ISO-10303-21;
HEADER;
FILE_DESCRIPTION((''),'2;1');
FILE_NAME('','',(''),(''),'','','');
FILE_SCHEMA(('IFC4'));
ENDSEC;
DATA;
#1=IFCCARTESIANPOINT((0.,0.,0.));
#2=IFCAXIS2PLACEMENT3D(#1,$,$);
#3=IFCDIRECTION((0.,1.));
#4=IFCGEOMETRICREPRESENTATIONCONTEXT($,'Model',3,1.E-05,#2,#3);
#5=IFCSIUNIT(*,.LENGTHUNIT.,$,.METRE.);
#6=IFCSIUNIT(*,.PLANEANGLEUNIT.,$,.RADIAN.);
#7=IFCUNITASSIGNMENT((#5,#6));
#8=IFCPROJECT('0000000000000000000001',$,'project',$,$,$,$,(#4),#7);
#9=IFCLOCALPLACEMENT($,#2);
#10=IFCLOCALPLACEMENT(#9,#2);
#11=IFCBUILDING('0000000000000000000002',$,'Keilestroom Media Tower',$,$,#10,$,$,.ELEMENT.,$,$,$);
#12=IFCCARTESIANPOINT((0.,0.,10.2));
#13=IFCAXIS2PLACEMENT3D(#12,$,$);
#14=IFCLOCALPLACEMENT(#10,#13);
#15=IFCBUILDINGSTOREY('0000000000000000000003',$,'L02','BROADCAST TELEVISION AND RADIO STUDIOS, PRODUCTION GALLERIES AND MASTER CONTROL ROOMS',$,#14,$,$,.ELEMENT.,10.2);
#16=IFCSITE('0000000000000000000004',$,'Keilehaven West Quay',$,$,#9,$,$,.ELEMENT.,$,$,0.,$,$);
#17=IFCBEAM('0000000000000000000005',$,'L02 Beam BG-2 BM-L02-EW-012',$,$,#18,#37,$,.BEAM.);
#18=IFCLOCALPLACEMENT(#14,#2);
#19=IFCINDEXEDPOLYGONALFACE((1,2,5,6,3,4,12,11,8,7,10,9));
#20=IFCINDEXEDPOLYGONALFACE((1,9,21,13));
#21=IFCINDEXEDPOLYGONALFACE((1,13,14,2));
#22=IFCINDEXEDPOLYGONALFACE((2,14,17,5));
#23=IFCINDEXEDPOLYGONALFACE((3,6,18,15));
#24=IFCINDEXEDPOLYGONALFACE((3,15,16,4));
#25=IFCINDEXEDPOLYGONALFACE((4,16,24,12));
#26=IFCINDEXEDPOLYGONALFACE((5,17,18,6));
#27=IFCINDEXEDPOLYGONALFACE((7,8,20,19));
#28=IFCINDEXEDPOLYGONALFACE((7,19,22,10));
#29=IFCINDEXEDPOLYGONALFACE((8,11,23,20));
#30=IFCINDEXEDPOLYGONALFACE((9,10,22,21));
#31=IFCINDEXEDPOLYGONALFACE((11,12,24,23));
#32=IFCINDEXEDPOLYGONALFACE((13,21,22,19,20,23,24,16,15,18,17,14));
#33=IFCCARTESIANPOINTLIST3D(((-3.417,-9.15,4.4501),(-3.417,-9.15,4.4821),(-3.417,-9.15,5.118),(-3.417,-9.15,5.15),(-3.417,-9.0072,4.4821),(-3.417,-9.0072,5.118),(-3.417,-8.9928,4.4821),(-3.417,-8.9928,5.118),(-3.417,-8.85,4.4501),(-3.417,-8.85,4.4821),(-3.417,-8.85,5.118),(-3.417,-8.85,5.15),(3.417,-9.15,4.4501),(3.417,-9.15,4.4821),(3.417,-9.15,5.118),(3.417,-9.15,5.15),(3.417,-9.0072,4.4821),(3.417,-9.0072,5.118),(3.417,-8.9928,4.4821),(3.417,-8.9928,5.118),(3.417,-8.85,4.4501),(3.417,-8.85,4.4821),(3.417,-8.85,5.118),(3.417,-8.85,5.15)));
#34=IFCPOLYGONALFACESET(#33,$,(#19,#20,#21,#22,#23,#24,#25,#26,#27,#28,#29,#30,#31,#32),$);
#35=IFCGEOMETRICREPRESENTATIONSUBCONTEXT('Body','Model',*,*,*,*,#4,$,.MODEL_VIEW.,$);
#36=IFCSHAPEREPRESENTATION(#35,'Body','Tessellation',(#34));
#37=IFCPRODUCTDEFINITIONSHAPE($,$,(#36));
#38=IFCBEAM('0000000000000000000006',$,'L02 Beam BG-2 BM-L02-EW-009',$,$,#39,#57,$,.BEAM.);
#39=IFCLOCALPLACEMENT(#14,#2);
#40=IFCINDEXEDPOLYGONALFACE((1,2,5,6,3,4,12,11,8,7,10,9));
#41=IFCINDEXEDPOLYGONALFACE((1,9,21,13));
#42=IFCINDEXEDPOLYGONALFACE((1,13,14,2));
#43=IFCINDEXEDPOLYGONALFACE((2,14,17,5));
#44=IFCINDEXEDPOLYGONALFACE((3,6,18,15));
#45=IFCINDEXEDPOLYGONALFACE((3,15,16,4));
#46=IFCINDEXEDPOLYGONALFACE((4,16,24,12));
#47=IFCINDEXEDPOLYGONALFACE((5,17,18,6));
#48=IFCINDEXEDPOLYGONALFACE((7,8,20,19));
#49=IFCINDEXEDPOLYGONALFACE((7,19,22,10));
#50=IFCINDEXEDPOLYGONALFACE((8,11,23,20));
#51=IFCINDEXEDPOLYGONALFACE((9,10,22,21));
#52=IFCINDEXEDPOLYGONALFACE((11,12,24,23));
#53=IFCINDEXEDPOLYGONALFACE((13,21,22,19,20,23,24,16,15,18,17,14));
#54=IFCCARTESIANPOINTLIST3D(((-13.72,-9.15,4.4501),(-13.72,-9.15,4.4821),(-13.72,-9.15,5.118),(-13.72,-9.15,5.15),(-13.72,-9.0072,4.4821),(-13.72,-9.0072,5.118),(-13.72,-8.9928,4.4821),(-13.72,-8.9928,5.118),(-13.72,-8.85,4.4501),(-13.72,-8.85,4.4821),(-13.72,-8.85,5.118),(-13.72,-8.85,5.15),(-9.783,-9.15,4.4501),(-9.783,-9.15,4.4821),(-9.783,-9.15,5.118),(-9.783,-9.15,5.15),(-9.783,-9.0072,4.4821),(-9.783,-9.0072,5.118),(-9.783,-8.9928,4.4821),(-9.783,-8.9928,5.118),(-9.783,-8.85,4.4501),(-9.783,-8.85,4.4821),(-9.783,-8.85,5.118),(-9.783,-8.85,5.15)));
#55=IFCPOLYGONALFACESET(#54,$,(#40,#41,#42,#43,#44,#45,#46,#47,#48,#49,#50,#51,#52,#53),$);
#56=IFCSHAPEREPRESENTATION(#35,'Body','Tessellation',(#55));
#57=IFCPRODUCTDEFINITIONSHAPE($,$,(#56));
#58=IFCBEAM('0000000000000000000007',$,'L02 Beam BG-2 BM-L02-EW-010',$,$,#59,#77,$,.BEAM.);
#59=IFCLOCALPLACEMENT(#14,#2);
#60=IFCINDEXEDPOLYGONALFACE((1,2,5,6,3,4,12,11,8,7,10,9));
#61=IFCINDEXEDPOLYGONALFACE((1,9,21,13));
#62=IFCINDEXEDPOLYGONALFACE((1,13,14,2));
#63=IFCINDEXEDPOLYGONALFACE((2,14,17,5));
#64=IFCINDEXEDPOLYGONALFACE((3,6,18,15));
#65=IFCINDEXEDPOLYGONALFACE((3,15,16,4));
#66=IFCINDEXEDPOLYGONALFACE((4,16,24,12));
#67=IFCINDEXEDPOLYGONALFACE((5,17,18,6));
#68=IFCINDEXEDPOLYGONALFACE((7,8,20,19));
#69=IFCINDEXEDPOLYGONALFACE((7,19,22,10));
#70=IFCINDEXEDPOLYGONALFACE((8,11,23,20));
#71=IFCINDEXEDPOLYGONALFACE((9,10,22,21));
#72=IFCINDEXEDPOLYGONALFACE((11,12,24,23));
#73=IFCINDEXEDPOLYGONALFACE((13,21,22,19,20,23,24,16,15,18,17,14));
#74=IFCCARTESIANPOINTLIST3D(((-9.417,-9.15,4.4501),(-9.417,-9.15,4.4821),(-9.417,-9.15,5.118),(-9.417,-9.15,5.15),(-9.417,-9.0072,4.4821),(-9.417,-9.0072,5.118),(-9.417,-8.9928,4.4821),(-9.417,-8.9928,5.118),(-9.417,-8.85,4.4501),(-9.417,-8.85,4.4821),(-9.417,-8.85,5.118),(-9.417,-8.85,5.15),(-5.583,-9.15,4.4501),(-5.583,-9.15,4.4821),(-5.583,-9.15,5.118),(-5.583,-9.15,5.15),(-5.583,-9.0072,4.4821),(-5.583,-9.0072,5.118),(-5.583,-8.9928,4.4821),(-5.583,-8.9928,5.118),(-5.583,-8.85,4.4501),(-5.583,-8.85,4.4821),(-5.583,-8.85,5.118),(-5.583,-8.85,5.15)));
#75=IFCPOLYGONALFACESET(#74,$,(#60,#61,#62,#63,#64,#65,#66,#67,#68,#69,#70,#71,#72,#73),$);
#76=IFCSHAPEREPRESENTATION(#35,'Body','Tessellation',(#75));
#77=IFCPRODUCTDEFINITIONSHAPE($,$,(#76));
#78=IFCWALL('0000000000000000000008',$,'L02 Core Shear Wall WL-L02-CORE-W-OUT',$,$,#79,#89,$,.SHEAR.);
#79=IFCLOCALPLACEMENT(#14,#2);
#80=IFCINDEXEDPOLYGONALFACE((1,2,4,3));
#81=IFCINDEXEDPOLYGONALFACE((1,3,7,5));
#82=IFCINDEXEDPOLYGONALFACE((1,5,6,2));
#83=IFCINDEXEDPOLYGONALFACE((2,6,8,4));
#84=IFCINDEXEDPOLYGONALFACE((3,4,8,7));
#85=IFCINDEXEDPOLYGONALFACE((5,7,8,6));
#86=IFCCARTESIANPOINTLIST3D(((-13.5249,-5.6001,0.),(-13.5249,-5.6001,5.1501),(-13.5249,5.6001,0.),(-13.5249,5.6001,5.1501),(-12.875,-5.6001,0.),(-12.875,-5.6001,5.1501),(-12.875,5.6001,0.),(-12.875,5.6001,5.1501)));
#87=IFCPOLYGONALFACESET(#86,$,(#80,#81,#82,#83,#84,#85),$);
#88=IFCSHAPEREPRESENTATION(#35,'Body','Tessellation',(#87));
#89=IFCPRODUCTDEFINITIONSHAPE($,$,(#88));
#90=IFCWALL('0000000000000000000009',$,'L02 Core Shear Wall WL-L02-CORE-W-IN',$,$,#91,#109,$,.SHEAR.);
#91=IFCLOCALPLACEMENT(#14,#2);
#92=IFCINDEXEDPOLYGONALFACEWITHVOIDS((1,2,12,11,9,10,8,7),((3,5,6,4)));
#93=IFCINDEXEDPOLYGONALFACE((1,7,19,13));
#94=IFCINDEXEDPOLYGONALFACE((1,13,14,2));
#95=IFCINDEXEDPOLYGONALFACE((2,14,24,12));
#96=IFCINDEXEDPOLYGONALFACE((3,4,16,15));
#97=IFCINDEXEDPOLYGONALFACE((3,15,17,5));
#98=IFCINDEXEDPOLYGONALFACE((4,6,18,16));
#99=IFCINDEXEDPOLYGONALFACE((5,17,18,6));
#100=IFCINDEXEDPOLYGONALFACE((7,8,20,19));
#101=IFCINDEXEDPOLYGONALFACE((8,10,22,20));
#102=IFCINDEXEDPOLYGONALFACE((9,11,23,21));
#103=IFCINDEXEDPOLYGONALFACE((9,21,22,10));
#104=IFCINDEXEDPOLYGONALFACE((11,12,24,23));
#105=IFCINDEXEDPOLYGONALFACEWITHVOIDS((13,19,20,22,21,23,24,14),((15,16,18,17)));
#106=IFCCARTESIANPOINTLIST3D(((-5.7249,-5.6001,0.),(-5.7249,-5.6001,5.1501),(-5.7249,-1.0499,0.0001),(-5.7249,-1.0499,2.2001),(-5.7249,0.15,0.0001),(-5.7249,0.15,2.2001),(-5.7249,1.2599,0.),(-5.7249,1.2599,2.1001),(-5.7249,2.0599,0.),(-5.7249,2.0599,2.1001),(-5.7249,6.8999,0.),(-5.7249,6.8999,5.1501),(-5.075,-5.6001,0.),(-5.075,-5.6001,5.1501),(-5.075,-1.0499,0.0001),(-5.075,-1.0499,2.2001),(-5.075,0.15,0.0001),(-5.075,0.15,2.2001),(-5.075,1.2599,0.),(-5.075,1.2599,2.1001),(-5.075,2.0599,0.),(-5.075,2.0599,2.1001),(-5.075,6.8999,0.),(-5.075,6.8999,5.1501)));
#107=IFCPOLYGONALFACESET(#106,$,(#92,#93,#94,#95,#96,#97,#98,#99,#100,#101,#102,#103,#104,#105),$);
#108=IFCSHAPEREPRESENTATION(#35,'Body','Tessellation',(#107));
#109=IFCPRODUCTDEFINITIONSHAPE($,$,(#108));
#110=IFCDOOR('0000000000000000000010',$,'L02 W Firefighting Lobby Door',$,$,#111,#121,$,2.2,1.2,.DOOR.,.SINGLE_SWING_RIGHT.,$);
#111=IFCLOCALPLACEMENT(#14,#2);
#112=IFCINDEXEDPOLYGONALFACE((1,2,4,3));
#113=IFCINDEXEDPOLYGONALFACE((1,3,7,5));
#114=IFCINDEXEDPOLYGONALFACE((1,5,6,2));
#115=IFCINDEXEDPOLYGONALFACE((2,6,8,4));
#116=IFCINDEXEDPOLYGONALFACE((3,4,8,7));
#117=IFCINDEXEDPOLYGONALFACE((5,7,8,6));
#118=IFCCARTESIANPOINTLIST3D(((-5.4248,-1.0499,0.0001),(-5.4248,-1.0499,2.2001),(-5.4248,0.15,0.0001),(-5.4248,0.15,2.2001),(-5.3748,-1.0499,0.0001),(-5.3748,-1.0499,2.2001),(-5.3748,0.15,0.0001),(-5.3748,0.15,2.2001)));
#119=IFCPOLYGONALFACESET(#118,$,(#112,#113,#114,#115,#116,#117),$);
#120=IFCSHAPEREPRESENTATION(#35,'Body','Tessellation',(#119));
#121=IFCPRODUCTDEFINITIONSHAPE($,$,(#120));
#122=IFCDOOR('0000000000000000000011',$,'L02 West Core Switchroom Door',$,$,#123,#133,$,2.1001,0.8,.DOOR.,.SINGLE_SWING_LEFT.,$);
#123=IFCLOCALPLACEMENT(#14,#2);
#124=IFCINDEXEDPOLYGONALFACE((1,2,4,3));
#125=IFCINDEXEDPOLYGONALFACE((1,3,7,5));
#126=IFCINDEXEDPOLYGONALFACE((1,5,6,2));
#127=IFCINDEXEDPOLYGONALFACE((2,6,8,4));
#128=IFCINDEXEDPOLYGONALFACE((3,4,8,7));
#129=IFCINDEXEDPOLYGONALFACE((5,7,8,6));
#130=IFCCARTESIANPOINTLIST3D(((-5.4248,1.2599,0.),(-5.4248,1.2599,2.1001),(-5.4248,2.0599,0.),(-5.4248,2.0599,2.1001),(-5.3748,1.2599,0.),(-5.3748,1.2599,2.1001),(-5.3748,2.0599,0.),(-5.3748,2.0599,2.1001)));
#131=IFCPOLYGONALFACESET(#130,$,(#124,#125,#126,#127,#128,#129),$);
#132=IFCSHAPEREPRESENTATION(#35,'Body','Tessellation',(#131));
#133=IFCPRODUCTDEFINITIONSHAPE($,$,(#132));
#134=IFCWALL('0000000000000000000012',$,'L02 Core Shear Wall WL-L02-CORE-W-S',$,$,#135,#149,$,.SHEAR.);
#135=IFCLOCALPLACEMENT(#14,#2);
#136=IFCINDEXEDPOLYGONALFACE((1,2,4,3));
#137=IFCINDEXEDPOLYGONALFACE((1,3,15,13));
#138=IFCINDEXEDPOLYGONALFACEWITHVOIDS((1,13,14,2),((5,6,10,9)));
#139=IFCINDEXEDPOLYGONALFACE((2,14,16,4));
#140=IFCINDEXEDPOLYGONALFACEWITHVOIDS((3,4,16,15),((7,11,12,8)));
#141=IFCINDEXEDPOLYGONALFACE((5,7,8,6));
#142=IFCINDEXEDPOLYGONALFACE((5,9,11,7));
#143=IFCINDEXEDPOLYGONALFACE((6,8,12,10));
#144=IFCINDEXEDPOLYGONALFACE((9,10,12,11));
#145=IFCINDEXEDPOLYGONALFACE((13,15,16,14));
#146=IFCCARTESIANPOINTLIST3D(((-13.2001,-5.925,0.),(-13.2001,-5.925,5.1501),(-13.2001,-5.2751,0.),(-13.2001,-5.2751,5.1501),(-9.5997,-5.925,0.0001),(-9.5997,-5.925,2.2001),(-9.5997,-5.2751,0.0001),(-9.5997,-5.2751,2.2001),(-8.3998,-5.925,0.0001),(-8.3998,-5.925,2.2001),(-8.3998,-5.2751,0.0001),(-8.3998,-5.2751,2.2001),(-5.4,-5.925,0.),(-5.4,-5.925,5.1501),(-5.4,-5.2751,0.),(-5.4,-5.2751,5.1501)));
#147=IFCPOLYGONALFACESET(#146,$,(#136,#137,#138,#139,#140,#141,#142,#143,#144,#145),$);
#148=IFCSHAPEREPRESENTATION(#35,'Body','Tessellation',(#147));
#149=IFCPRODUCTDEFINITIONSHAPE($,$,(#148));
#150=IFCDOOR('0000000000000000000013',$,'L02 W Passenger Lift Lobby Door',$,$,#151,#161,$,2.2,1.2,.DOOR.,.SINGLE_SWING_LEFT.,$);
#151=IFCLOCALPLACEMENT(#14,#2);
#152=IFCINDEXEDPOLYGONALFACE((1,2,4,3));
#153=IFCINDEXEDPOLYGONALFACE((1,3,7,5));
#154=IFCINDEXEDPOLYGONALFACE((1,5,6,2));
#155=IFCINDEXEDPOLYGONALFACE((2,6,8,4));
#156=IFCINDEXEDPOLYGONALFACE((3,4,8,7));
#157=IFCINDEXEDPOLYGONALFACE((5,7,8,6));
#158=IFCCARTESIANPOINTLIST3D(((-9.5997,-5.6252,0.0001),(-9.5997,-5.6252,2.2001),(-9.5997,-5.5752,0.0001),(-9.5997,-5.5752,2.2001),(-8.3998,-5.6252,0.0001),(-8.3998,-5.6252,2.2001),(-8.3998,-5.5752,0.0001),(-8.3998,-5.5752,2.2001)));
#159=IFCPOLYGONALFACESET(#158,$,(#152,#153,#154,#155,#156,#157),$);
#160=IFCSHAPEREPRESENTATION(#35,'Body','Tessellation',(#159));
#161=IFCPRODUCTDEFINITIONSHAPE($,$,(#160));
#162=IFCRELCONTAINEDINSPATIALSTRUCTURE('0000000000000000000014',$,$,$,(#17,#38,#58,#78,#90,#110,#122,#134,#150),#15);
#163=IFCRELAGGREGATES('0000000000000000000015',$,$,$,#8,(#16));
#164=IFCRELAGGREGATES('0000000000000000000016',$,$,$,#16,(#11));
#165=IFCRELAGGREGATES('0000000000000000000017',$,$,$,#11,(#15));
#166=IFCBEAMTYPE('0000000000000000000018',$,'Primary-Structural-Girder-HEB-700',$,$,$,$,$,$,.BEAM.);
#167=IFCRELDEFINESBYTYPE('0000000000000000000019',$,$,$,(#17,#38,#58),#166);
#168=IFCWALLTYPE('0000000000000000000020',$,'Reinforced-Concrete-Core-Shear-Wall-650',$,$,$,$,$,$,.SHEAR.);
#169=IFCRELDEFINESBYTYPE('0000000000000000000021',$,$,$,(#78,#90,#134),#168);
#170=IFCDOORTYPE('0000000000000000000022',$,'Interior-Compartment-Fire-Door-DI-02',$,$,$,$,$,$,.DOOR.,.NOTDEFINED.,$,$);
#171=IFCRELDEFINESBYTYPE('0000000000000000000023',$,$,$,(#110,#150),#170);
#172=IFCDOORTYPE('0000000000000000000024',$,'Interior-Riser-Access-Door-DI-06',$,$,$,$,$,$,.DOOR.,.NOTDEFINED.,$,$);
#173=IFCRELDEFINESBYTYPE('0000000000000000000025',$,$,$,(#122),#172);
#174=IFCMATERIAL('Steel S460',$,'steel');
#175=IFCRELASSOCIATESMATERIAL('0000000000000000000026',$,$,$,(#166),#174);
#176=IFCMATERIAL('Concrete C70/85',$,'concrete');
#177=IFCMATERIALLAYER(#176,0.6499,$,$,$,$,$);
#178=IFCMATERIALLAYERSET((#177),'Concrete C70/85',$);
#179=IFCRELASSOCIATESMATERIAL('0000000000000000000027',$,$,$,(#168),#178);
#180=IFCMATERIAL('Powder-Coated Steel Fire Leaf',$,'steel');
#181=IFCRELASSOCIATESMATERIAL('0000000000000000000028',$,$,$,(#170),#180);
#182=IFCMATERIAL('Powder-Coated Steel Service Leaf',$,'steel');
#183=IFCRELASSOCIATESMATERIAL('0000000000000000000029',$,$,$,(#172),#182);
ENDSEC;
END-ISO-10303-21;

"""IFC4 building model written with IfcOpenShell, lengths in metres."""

from ifc_helpers import new_model, si_unit, direction, frame, frame_2d, origin, origin_2d, place, context, subcontext, project, spatial, rectangle, i_section, extrude, source, transform, mapped, material, layer, layer_set, material_profile, profile_set, type_object, element, fill, save


model = new_model("IFC4")

# Units and contexts
model_context = context("Model", 3, precision=1e-05, world=origin(), true_north=direction((0.0, 1.0)))
body_context = subcontext(model_context, "Body", "Model", "MODEL_VIEW")
ifc_project = project(units=[si_unit("LENGTHUNIT", "METRE"), si_unit("PLANEANGLEUNIT", "RADIAN")], contexts=[model_context])

# Site, building, storey
site_placement = place(None, origin())
site = spatial("IfcSite", under=ifc_project, at=site_placement, Name="Keilehaven West Quay", CompositionType="ELEMENT", RefElevation=0.0)
building_placement = place(site_placement, origin())
building = spatial("IfcBuilding", under=site, at=building_placement, Name="Keilestroom Media Tower", CompositionType="ELEMENT")
storey_placement = place(building_placement, frame((0.0, 0.0, 10.2)))
storey = spatial("IfcBuildingStorey", under=building, at=storey_placement, Name="L02", Description="BROADCAST TELEVISION AND RADIO STUDIOS, PRODUCTION GALLERIES AND MASTER CONTROL ROOMS", CompositionType="ELEMENT", Elevation=10.2)

# Shared definitions
ifc_material_1 = material(Name="Concrete C70/85", Category="concrete")
ifc_material_2 = material(Name="Steel S460", Category="steel")

# Beams
ifc_material_profile_1 = material_profile(ifc_material_2, i_section(OverallWidth=0.3, OverallDepth=0.7, WebThickness=0.0144, FlangeThickness=0.032, at=origin_2d()), Name="HEB 700")
ifc_profile_set_1 = profile_set([ifc_material_profile_1], Name="Steel S460")
beam_type_1 = type_object("IfcBeamType", Name="Primary-Structural-Girder-HEB-700", PredefinedType="BEAM", material=ifc_profile_set_1)
shared_shape_1 = source(origin(), body_context, "Body", "SweptSolid", [
    extrude(i_section(OverallWidth=0.3, OverallDepth=0.7, WebThickness=0.0144, FlangeThickness=0.032, at=origin_2d()), origin(), (0.0, 0.0, 1.0), 6.834),
])
beam_1_placement = place(storey_placement, frame((-3.417, -9.0, 4.8), z_axis=(1.0, 0.0, 0.0), x_axis=(0.0, 1.0, 0.0)))
element("IfcBeam", 1, at=beam_1_placement, inside=storey, type_object=beam_type_1, Name="L02 Beam BG-2 BM-L02-EW-012", PredefinedType="BEAM", context=body_context, shape_type="MappedRepresentation", body=[
    mapped(shared_shape_1, transform((0.0, 0.0, 0.0), x_axis=(1.0, 0.0, 0.0), y_axis=(0.0, 1.0, 0.0), z_axis=(0.0, 0.0, 1.0), scale=1.0)),
])
shared_shape_2 = source(origin(), body_context, "Body", "SweptSolid", [
    extrude(i_section(OverallWidth=0.3, OverallDepth=0.7, WebThickness=0.0144, FlangeThickness=0.032, at=origin_2d()), origin(), (0.0, 0.0, 1.0), 3.937),
])
beam_2_placement = place(storey_placement, frame((-13.72, -9.0, 4.8), z_axis=(1.0, 0.0, 0.0), x_axis=(0.0, 1.0, 0.0)))
element("IfcBeam", 2, at=beam_2_placement, inside=storey, type_object=beam_type_1, Name="L02 Beam BG-2 BM-L02-EW-009", PredefinedType="BEAM", context=body_context, shape_type="MappedRepresentation", body=[
    mapped(shared_shape_2, transform((0.0, 0.0, 0.0), x_axis=(1.0, 0.0, 0.0), y_axis=(0.0, 1.0, 0.0), z_axis=(0.0, 0.0, 1.0), scale=1.0)),
])
shared_shape_3 = source(origin(), body_context, "Body", "SweptSolid", [
    extrude(i_section(OverallWidth=0.3, OverallDepth=0.7, WebThickness=0.0144, FlangeThickness=0.032, at=origin_2d()), origin(), (0.0, 0.0, 1.0), 3.834),
])
beam_3_placement = place(storey_placement, frame((-9.417, -9.0, 4.8), z_axis=(1.0, 0.0, 0.0), x_axis=(0.0, 1.0, 0.0)))
element("IfcBeam", 3, at=beam_3_placement, inside=storey, type_object=beam_type_1, Name="L02 Beam BG-2 BM-L02-EW-010", PredefinedType="BEAM", context=body_context, shape_type="MappedRepresentation", body=[
    mapped(shared_shape_3, transform((0.0, 0.0, 0.0), x_axis=(1.0, 0.0, 0.0), y_axis=(0.0, 1.0, 0.0), z_axis=(0.0, 0.0, 1.0), scale=1.0)),
])

# Wall
ifc_layer_1 = layer(ifc_material_1, 0.6499)
ifc_layer_set_1 = layer_set([ifc_layer_1], Name="Concrete C70/85")
wall_type_1 = type_object("IfcWallType", Name="Reinforced-Concrete-Core-Shear-Wall-650", PredefinedType="SHEAR", material=ifc_layer_set_1)
wall_1_placement = place(storey_placement, frame((-13.2, -5.6001, 0.0), z_axis=(0.0, 0.0, 1.0), x_axis=(0.0, 1.0, 0.0)))
element("IfcWall", 4, at=wall_1_placement, inside=storey, type_object=wall_type_1, Name="L02 Core Shear Wall WL-L02-CORE-W-OUT", PredefinedType="SHEAR", context=body_context, shape_type="SweptSolid", body=[
    extrude(rectangle(XDim=11.2002, YDim=0.6499, at=frame_2d((5.6001, 0.0))), origin(), (0.0, 0.0, 1.0), 5.1501),
])

# Wall, openings, doors
wall_2_placement = place(storey_placement, frame((-5.3999, -5.6001, 0.0), z_axis=(0.0, 0.0, 1.0), x_axis=(0.0, 1.0, 0.0)))
wall_2 = element("IfcWall", 5, at=wall_2_placement, inside=storey, type_object=wall_type_1, Name="L02 Core Shear Wall WL-L02-CORE-W-IN", PredefinedType="SHEAR", context=body_context, shape_type="SweptSolid", body=[
    extrude(rectangle(XDim=12.5, YDim=0.6499, at=frame_2d((6.25, 0.0))), origin(), (0.0, 0.0, 1.0), 5.1501),
])
opening_1_placement = place(wall_2_placement, frame((4.55, 0.0, 0.0)))
opening_1 = element("IfcOpeningElement", 6, at=opening_1_placement, cuts=wall_2, PredefinedType="OPENING", context=body_context, shape_type="SweptSolid", body=[
    extrude(rectangle(XDim=1.2, YDim=2.2, at=frame_2d((0.6001, 1.1001))), frame((0.0, 0.335, 0.0), z_axis=(0.0, -1.0, 0.0), x_axis=(1.0, 0.0, 0.0)), (0.0, 0.0, 1.0), 0.6699),
])
opening_2_placement = place(wall_2_placement, frame((6.8601, 0.0, 0.0)))
opening_2 = element("IfcOpeningElement", 7, at=opening_2_placement, cuts=wall_2, PredefinedType="OPENING", context=body_context, shape_type="SweptSolid", body=[
    extrude(rectangle(XDim=0.8, YDim=2.1001, at=frame_2d((0.3999, 1.05))), frame((0.0, 0.335, 0.0), z_axis=(0.0, -1.0, 0.0), x_axis=(1.0, 0.0, 0.0)), (0.0, 0.0, 1.0), 0.6699),
])
ifc_material_3 = material(Name="Powder-Coated Steel Fire Leaf", Category="steel")
door_type_1 = type_object("IfcDoorType", Name="Interior-Compartment-Fire-Door-DI-02", OperationType="NOTDEFINED", PredefinedType="DOOR", material=ifc_material_3)
shared_shape_4 = source(origin(), body_context, "Body", "SweptSolid", [
    extrude(rectangle(XDim=1.2, YDim=2.2, at=frame_2d((0.6001, 1.1001))), frame((0.0, 0.0249, 0.0), z_axis=(0.0, -1.0, 0.0), x_axis=(1.0, 0.0, 0.0)), (0.0, 0.0, 1.0), 0.05),
])
door_1_placement = place(opening_1_placement, origin())
door_1 = element("IfcDoor", 8, at=door_1_placement, inside=storey, type_object=door_type_1, Name="L02 W Firefighting Lobby Door", OperationType="SINGLE_SWING_RIGHT", OverallHeight=2.2, OverallWidth=1.2, PredefinedType="DOOR", context=body_context, shape_type="MappedRepresentation", body=[
    mapped(shared_shape_4, transform((0.0, 0.0, 0.0), x_axis=(1.0, 0.0, 0.0), y_axis=(0.0, 1.0, 0.0), z_axis=(0.0, 0.0, 1.0), scale=1.0)),
])
fill(opening_1, door_1)
ifc_material_4 = material(Name="Powder-Coated Steel Service Leaf", Category="steel")
door_type_2 = type_object("IfcDoorType", Name="Interior-Riser-Access-Door-DI-06", OperationType="NOTDEFINED", PredefinedType="DOOR", material=ifc_material_4)
shared_shape_5 = source(origin(), body_context, "Body", "SweptSolid", [
    extrude(rectangle(XDim=0.8, YDim=2.1001, at=frame_2d((0.3999, 1.05))), frame((0.0, 0.0249, 0.0), z_axis=(0.0, -1.0, 0.0), x_axis=(1.0, 0.0, 0.0)), (0.0, 0.0, 1.0), 0.05),
])
door_2_placement = place(opening_2_placement, origin())
door_2 = element("IfcDoor", 9, at=door_2_placement, inside=storey, type_object=door_type_2, Name="L02 West Core Switchroom Door", OperationType="SINGLE_SWING_LEFT", OverallHeight=2.1001, OverallWidth=0.8, PredefinedType="DOOR", context=body_context, shape_type="MappedRepresentation", body=[
    mapped(shared_shape_5, transform((0.0, 0.0, 0.0), x_axis=(1.0, 0.0, 0.0), y_axis=(0.0, 1.0, 0.0), z_axis=(0.0, 0.0, 1.0), scale=1.0)),
])
fill(opening_2, door_2)

# Wall, opening, door
wall_3_placement = place(storey_placement, frame((-13.2, -5.6001, 0.0), z_axis=(0.0, 0.0, 1.0), x_axis=(1.0, 0.0, 0.0)))
wall_3 = element("IfcWall", 10, at=wall_3_placement, inside=storey, type_object=wall_type_1, Name="L02 Core Shear Wall WL-L02-CORE-W-S", PredefinedType="SHEAR", context=body_context, shape_type="SweptSolid", body=[
    extrude(rectangle(XDim=7.8, YDim=0.6499, at=frame_2d((3.8999, 0.0))), origin(), (0.0, 0.0, 1.0), 5.1501),
])
opening_3_placement = place(wall_3_placement, frame((3.6001, 0.0, 0.0)))
opening_3 = element("IfcOpeningElement", 11, at=opening_3_placement, cuts=wall_3, PredefinedType="OPENING", context=body_context, shape_type="SweptSolid", body=[
    extrude(rectangle(XDim=1.2, YDim=2.2, at=frame_2d((0.6001, 1.1001))), frame((0.0, 0.335, 0.0), z_axis=(0.0, -1.0, 0.0), x_axis=(1.0, 0.0, 0.0)), (0.0, 0.0, 1.0), 0.6699),
])
door_3_placement = place(opening_3_placement, origin())
door_3 = element("IfcDoor", 12, at=door_3_placement, inside=storey, type_object=door_type_1, Name="L02 W Passenger Lift Lobby Door", OperationType="SINGLE_SWING_LEFT", OverallHeight=2.2, OverallWidth=1.2, PredefinedType="DOOR", context=body_context, shape_type="MappedRepresentation", body=[
    mapped(shared_shape_4, transform((0.0, 0.0, 0.0), x_axis=(1.0, 0.0, 0.0), y_axis=(0.0, 1.0, 0.0), z_axis=(0.0, 0.0, 1.0), scale=1.0)),
])
fill(opening_3, door_3)

save(model, "model.ifc")
